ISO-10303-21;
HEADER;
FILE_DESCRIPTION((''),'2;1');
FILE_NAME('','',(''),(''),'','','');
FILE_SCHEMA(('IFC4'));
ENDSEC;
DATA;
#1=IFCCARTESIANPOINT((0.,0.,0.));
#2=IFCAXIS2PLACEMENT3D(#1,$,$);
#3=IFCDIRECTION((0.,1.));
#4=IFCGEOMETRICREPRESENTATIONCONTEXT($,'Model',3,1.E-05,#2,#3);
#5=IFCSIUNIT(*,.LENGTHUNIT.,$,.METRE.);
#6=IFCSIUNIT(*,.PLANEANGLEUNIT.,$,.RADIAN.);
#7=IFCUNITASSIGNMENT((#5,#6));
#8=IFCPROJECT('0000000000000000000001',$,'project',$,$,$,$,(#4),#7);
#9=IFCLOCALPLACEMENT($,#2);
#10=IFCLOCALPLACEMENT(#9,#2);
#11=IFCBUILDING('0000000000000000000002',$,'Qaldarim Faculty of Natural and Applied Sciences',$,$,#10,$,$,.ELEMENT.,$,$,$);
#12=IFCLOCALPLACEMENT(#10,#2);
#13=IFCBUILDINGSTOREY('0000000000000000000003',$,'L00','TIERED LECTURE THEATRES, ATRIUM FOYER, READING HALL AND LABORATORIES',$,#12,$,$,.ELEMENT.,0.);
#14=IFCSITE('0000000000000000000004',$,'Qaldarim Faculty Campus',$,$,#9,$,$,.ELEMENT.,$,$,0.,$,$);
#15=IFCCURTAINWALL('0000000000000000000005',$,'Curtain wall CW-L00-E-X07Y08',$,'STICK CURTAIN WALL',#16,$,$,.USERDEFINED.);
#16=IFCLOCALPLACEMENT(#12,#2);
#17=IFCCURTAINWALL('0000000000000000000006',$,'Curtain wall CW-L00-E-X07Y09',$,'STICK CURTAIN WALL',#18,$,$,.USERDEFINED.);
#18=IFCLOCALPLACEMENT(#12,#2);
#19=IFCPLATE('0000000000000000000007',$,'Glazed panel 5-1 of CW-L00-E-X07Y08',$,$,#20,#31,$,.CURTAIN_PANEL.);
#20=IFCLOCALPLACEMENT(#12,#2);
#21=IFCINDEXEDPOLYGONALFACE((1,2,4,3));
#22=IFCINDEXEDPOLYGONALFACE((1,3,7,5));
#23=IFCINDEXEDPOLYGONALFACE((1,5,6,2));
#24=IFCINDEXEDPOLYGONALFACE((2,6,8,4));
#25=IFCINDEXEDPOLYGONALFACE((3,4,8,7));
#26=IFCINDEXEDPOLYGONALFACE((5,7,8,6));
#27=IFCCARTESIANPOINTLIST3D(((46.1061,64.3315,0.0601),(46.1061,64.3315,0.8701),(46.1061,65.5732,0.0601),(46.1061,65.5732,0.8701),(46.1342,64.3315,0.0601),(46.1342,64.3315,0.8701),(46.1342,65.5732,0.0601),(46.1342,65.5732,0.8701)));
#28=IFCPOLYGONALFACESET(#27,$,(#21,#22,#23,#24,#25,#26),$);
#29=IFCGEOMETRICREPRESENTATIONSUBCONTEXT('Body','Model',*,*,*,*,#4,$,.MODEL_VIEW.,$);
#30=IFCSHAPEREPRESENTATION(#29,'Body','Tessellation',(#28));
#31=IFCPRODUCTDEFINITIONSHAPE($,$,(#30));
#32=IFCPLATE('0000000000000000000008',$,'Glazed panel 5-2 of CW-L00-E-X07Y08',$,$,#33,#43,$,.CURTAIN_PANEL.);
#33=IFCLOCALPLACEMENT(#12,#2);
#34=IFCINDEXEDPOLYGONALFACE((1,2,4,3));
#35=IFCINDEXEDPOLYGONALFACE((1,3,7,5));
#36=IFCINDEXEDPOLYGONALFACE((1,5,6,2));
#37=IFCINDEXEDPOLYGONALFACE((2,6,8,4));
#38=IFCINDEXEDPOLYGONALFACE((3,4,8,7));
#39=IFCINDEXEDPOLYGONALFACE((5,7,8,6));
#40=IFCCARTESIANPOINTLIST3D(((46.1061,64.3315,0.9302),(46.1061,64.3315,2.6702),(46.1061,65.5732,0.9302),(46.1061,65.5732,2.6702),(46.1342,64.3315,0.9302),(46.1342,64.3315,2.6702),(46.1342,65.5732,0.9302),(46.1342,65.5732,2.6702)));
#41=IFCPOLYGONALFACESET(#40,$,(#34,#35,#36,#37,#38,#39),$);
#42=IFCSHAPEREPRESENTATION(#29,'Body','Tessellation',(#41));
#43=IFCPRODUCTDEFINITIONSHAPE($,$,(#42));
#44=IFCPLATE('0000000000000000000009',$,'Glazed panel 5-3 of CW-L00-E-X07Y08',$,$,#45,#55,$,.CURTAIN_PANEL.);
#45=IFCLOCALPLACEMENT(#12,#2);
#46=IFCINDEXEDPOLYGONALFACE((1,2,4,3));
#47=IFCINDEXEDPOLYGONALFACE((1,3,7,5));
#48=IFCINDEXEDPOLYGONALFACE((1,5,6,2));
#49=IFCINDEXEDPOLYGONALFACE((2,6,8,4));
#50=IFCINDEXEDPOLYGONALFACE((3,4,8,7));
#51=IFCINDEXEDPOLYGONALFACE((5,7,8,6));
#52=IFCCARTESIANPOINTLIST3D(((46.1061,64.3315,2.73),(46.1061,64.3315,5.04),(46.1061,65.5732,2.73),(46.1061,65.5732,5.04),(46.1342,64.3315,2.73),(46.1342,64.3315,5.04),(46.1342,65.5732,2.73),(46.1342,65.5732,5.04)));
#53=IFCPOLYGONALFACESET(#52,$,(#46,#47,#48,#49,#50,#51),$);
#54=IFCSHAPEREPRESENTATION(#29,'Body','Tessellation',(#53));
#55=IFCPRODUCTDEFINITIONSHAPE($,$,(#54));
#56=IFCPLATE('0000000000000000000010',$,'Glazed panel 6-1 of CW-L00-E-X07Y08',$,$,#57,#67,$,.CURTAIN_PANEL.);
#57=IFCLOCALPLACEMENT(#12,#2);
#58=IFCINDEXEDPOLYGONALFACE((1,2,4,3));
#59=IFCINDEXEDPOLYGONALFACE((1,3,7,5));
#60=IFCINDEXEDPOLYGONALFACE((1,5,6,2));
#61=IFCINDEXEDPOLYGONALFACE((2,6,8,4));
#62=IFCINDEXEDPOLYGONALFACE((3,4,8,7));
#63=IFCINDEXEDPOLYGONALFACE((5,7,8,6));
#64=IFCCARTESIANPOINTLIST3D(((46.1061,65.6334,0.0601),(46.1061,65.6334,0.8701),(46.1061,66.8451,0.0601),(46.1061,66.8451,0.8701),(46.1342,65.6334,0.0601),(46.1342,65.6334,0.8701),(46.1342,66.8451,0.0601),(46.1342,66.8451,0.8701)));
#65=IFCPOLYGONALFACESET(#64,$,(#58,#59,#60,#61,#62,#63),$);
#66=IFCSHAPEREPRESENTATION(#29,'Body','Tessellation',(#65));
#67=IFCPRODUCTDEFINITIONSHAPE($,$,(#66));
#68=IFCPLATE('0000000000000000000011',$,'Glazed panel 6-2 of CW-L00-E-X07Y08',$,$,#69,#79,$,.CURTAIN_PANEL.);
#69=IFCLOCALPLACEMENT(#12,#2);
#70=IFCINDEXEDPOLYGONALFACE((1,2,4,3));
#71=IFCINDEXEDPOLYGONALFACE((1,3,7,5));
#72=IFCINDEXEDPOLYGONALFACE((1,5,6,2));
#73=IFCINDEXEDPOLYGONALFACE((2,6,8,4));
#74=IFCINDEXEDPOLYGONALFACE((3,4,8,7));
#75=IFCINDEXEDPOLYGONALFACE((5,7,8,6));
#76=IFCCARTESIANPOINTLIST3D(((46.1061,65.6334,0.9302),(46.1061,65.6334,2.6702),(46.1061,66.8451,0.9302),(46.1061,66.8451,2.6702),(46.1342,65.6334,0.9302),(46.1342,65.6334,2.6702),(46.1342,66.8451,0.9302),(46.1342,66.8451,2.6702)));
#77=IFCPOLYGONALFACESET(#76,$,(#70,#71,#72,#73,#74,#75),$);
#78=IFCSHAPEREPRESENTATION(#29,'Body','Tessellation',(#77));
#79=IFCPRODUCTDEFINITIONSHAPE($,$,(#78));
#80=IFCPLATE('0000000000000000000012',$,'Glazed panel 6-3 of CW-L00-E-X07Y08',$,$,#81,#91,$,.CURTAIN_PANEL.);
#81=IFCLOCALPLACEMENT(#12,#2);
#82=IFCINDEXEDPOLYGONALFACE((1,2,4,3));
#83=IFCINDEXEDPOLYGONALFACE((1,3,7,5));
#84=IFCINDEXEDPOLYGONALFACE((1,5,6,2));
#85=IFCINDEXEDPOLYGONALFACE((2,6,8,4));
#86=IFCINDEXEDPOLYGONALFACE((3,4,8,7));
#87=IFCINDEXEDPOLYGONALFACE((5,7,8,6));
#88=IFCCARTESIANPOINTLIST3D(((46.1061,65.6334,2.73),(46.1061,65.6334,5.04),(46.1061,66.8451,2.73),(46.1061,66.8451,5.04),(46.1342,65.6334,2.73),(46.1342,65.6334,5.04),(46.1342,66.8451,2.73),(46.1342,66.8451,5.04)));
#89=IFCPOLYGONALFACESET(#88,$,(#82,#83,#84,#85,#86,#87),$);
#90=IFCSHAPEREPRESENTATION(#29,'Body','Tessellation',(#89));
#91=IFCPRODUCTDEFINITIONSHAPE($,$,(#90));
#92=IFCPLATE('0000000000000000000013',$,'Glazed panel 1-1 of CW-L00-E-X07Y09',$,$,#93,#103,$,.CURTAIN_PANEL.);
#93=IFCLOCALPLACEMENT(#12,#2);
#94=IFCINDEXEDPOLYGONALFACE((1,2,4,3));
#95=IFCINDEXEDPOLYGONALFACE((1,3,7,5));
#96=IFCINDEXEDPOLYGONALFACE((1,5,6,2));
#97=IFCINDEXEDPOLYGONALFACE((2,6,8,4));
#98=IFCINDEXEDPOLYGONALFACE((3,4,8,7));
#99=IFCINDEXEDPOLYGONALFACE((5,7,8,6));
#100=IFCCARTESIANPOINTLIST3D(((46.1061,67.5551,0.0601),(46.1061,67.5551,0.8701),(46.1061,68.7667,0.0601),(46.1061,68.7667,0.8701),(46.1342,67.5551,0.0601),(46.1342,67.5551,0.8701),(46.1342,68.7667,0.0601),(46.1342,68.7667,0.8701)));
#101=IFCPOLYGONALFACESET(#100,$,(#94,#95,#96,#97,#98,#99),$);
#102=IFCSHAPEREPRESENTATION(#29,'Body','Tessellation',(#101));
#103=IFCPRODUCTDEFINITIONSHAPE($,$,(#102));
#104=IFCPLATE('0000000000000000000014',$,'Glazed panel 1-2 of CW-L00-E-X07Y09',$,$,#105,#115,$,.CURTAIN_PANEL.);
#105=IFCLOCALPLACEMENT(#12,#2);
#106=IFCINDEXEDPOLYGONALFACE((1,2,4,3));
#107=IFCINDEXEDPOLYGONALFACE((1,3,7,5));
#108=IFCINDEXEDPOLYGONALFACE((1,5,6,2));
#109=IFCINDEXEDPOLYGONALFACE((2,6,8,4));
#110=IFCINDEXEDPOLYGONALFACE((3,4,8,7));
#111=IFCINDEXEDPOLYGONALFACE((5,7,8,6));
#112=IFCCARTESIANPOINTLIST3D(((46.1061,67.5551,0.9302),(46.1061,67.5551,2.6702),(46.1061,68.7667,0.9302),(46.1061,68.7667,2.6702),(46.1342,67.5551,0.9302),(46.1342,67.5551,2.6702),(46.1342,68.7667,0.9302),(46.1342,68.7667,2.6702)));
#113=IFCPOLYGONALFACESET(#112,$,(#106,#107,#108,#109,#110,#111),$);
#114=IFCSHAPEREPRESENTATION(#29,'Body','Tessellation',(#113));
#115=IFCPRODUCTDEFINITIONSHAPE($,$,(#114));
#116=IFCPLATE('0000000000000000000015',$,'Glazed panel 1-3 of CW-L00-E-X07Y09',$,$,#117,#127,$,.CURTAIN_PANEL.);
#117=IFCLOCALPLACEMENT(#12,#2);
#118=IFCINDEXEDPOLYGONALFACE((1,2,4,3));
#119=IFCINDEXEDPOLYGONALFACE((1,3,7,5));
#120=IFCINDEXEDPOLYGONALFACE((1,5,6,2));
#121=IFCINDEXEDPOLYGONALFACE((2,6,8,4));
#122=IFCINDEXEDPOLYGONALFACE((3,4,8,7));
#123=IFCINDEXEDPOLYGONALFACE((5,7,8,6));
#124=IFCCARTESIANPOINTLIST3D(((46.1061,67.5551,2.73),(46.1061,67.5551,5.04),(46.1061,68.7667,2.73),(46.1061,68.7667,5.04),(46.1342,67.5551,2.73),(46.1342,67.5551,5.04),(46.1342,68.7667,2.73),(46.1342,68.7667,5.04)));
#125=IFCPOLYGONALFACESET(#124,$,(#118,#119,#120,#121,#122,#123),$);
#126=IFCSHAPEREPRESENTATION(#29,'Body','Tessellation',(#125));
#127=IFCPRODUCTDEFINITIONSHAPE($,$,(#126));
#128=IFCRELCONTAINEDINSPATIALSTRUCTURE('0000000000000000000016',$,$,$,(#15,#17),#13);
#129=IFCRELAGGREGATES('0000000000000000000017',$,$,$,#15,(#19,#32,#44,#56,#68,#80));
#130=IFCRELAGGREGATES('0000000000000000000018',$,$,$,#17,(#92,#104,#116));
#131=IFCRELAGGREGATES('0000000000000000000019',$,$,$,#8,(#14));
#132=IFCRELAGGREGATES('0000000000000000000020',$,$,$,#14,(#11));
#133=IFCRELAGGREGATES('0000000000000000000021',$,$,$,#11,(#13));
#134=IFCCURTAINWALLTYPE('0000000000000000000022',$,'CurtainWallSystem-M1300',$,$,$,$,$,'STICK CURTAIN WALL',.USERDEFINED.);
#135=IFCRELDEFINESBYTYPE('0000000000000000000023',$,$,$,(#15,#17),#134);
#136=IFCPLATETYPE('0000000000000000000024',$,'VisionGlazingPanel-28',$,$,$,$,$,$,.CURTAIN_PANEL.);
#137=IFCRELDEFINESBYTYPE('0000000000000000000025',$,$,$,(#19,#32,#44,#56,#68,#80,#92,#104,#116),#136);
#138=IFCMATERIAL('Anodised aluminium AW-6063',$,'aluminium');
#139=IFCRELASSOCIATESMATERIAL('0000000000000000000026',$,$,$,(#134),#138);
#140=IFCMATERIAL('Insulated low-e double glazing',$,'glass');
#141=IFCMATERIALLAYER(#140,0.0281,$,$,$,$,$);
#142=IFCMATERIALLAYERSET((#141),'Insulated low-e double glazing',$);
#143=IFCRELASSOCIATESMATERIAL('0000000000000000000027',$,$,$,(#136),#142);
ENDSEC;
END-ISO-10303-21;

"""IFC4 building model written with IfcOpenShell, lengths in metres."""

from ifc_helpers import new_model, si_unit, direction, frame, origin, origin_2d, place, context, subcontext, project, spatial, rectangle, extrude, material, layer, layer_set, type_object, element, aggregate, save


model = new_model("IFC4")

# Units and contexts
model_context = context("Model", 3, precision=1e-05, world=origin(), true_north=direction((0.0, 1.0)))
body_context = subcontext(model_context, "Body", "Model", "MODEL_VIEW")
ifc_project = project(units=[si_unit("LENGTHUNIT", "METRE"), si_unit("PLANEANGLEUNIT", "RADIAN")], contexts=[model_context])

# Site, building, storey
site_placement = place(None, origin())
site = spatial("IfcSite", under=ifc_project, at=site_placement, Name="Qaldarim Faculty Campus", CompositionType="ELEMENT", RefElevation=0.0)
building_placement = place(site_placement, origin())
building = spatial("IfcBuilding", under=site, at=building_placement, Name="Qaldarim Faculty of Natural and Applied Sciences", CompositionType="ELEMENT")
storey_placement = place(building_placement, origin())
storey = spatial("IfcBuildingStorey", under=building, at=storey_placement, Name="L00", Description="TIERED LECTURE THEATRES, ATRIUM FOYER, READING HALL AND LABORATORIES", CompositionType="ELEMENT", Elevation=0.0)

# Curtain walls
ifc_material_1 = material(Name="Anodised aluminium AW-6063", Category="aluminium")
curtain_wall_type = type_object("IfcCurtainWallType", Name="CurtainWallSystem-M1300", ElementType="STICK CURTAIN WALL", PredefinedType="USERDEFINED", material=ifc_material_1)
curtain_wall_1_placement = place(storey_placement, origin())
curtain_wall_1 = element("IfcCurtainWall", 1, at=curtain_wall_1_placement, inside=storey, type_object=curtain_wall_type, Name="Curtain wall CW-L00-E-X07Y08", ObjectType="STICK CURTAIN WALL", PredefinedType="USERDEFINED")
curtain_wall_2_placement = place(storey_placement, origin())
curtain_wall_2 = element("IfcCurtainWall", 2, at=curtain_wall_2_placement, inside=storey, type_object=curtain_wall_type, Name="Curtain wall CW-L00-E-X07Y09", ObjectType="STICK CURTAIN WALL", PredefinedType="USERDEFINED")

# Plates
ifc_material_2 = material(Name="Insulated low-e double glazing", Category="glass")
ifc_layer_1 = layer(ifc_material_2, 0.0281)
ifc_layer_set_1 = layer_set([ifc_layer_1], Name="Insulated low-e double glazing")
plate_type = type_object("IfcPlateType", Name="VisionGlazingPanel-28", PredefinedType="CURTAIN_PANEL", material=ifc_layer_set_1)
plate_1_placement = place(storey_placement, frame((46.1201, 64.9524, 0.0601), z_axis=(0.0, 0.0, 1.0), x_axis=(0.0, 1.0, 0.0)))
plate_1 = element("IfcPlate", 3, at=plate_1_placement, type_object=plate_type, Name="Glazed panel 5-1 of CW-L00-E-X07Y08", PredefinedType="CURTAIN_PANEL", context=body_context, shape_type="SweptSolid", body=[
    extrude(rectangle(XDim=1.2417, YDim=0.0281, at=origin_2d()), origin(), (0.0, 0.0, 1.0), 0.8101),
])
plate_2_placement = place(storey_placement, frame((46.1201, 64.9524, 0.9302), z_axis=(0.0, 0.0, 1.0), x_axis=(0.0, 1.0, 0.0)))
plate_2 = element("IfcPlate", 4, at=plate_2_placement, type_object=plate_type, Name="Glazed panel 5-2 of CW-L00-E-X07Y08", PredefinedType="CURTAIN_PANEL", context=body_context, shape_type="SweptSolid", body=[
    extrude(rectangle(XDim=1.2417, YDim=0.0281, at=origin_2d()), origin(), (0.0, 0.0, 1.0), 1.74),
])
plate_3_placement = place(storey_placement, frame((46.1201, 64.9524, 2.73), z_axis=(0.0, 0.0, 1.0), x_axis=(0.0, 1.0, 0.0)))
plate_3 = element("IfcPlate", 5, at=plate_3_placement, type_object=plate_type, Name="Glazed panel 5-3 of CW-L00-E-X07Y08", PredefinedType="CURTAIN_PANEL", context=body_context, shape_type="SweptSolid", body=[
    extrude(rectangle(XDim=1.2417, YDim=0.0281, at=origin_2d()), origin(), (0.0, 0.0, 1.0), 2.3101),
])
plate_4_placement = place(storey_placement, frame((46.1201, 66.2393, 0.0601), z_axis=(0.0, 0.0, 1.0), x_axis=(0.0, 1.0, 0.0)))
plate_4 = element("IfcPlate", 6, at=plate_4_placement, type_object=plate_type, Name="Glazed panel 6-1 of CW-L00-E-X07Y08", PredefinedType="CURTAIN_PANEL", context=body_context, shape_type="SweptSolid", body=[
    extrude(rectangle(XDim=1.2117, YDim=0.0281, at=origin_2d()), origin(), (0.0, 0.0, 1.0), 0.8101),
])
plate_5_placement = place(storey_placement, frame((46.1201, 66.2393, 0.9302), z_axis=(0.0, 0.0, 1.0), x_axis=(0.0, 1.0, 0.0)))
plate_5 = element("IfcPlate", 7, at=plate_5_placement, type_object=plate_type, Name="Glazed panel 6-2 of CW-L00-E-X07Y08", PredefinedType="CURTAIN_PANEL", context=body_context, shape_type="SweptSolid", body=[
    extrude(rectangle(XDim=1.2117, YDim=0.0281, at=origin_2d()), origin(), (0.0, 0.0, 1.0), 1.74),
])
plate_6_placement = place(storey_placement, frame((46.1201, 66.2393, 2.73), z_axis=(0.0, 0.0, 1.0), x_axis=(0.0, 1.0, 0.0)))
plate_6 = element("IfcPlate", 8, at=plate_6_placement, type_object=plate_type, Name="Glazed panel 6-3 of CW-L00-E-X07Y08", PredefinedType="CURTAIN_PANEL", context=body_context, shape_type="SweptSolid", body=[
    extrude(rectangle(XDim=1.2117, YDim=0.0281, at=origin_2d()), origin(), (0.0, 0.0, 1.0), 2.3101),
])
aggregate(curtain_wall_1, [plate_1, plate_2, plate_3, plate_4, plate_5, plate_6])
plate_7_placement = place(storey_placement, frame((46.1201, 68.1609, 0.0601), z_axis=(0.0, 0.0, 1.0), x_axis=(0.0, 1.0, 0.0)))
plate_7 = element("IfcPlate", 9, at=plate_7_placement, type_object=plate_type, Name="Glazed panel 1-1 of CW-L00-E-X07Y09", PredefinedType="CURTAIN_PANEL", context=body_context, shape_type="SweptSolid", body=[
    extrude(rectangle(XDim=1.2117, YDim=0.0281, at=origin_2d()), origin(), (0.0, 0.0, 1.0), 0.8101),
])
plate_8_placement = place(storey_placement, frame((46.1201, 68.1609, 0.9302), z_axis=(0.0, 0.0, 1.0), x_axis=(0.0, 1.0, 0.0)))
plate_8 = element("IfcPlate", 10, at=plate_8_placement, type_object=plate_type, Name="Glazed panel 1-2 of CW-L00-E-X07Y09", PredefinedType="CURTAIN_PANEL", context=body_context, shape_type="SweptSolid", body=[
    extrude(rectangle(XDim=1.2117, YDim=0.0281, at=origin_2d()), origin(), (0.0, 0.0, 1.0), 1.74),
])
plate_9_placement = place(storey_placement, frame((46.1201, 68.1609, 2.73), z_axis=(0.0, 0.0, 1.0), x_axis=(0.0, 1.0, 0.0)))
plate_9 = element("IfcPlate", 11, at=plate_9_placement, type_object=plate_type, Name="Glazed panel 1-3 of CW-L00-E-X07Y09", PredefinedType="CURTAIN_PANEL", context=body_context, shape_type="SweptSolid", body=[
    extrude(rectangle(XDim=1.2117, YDim=0.0281, at=origin_2d()), origin(), (0.0, 0.0, 1.0), 2.3101),
])
aggregate(curtain_wall_2, [plate_7, plate_8, plate_9])

save(model, "model.ifc")
